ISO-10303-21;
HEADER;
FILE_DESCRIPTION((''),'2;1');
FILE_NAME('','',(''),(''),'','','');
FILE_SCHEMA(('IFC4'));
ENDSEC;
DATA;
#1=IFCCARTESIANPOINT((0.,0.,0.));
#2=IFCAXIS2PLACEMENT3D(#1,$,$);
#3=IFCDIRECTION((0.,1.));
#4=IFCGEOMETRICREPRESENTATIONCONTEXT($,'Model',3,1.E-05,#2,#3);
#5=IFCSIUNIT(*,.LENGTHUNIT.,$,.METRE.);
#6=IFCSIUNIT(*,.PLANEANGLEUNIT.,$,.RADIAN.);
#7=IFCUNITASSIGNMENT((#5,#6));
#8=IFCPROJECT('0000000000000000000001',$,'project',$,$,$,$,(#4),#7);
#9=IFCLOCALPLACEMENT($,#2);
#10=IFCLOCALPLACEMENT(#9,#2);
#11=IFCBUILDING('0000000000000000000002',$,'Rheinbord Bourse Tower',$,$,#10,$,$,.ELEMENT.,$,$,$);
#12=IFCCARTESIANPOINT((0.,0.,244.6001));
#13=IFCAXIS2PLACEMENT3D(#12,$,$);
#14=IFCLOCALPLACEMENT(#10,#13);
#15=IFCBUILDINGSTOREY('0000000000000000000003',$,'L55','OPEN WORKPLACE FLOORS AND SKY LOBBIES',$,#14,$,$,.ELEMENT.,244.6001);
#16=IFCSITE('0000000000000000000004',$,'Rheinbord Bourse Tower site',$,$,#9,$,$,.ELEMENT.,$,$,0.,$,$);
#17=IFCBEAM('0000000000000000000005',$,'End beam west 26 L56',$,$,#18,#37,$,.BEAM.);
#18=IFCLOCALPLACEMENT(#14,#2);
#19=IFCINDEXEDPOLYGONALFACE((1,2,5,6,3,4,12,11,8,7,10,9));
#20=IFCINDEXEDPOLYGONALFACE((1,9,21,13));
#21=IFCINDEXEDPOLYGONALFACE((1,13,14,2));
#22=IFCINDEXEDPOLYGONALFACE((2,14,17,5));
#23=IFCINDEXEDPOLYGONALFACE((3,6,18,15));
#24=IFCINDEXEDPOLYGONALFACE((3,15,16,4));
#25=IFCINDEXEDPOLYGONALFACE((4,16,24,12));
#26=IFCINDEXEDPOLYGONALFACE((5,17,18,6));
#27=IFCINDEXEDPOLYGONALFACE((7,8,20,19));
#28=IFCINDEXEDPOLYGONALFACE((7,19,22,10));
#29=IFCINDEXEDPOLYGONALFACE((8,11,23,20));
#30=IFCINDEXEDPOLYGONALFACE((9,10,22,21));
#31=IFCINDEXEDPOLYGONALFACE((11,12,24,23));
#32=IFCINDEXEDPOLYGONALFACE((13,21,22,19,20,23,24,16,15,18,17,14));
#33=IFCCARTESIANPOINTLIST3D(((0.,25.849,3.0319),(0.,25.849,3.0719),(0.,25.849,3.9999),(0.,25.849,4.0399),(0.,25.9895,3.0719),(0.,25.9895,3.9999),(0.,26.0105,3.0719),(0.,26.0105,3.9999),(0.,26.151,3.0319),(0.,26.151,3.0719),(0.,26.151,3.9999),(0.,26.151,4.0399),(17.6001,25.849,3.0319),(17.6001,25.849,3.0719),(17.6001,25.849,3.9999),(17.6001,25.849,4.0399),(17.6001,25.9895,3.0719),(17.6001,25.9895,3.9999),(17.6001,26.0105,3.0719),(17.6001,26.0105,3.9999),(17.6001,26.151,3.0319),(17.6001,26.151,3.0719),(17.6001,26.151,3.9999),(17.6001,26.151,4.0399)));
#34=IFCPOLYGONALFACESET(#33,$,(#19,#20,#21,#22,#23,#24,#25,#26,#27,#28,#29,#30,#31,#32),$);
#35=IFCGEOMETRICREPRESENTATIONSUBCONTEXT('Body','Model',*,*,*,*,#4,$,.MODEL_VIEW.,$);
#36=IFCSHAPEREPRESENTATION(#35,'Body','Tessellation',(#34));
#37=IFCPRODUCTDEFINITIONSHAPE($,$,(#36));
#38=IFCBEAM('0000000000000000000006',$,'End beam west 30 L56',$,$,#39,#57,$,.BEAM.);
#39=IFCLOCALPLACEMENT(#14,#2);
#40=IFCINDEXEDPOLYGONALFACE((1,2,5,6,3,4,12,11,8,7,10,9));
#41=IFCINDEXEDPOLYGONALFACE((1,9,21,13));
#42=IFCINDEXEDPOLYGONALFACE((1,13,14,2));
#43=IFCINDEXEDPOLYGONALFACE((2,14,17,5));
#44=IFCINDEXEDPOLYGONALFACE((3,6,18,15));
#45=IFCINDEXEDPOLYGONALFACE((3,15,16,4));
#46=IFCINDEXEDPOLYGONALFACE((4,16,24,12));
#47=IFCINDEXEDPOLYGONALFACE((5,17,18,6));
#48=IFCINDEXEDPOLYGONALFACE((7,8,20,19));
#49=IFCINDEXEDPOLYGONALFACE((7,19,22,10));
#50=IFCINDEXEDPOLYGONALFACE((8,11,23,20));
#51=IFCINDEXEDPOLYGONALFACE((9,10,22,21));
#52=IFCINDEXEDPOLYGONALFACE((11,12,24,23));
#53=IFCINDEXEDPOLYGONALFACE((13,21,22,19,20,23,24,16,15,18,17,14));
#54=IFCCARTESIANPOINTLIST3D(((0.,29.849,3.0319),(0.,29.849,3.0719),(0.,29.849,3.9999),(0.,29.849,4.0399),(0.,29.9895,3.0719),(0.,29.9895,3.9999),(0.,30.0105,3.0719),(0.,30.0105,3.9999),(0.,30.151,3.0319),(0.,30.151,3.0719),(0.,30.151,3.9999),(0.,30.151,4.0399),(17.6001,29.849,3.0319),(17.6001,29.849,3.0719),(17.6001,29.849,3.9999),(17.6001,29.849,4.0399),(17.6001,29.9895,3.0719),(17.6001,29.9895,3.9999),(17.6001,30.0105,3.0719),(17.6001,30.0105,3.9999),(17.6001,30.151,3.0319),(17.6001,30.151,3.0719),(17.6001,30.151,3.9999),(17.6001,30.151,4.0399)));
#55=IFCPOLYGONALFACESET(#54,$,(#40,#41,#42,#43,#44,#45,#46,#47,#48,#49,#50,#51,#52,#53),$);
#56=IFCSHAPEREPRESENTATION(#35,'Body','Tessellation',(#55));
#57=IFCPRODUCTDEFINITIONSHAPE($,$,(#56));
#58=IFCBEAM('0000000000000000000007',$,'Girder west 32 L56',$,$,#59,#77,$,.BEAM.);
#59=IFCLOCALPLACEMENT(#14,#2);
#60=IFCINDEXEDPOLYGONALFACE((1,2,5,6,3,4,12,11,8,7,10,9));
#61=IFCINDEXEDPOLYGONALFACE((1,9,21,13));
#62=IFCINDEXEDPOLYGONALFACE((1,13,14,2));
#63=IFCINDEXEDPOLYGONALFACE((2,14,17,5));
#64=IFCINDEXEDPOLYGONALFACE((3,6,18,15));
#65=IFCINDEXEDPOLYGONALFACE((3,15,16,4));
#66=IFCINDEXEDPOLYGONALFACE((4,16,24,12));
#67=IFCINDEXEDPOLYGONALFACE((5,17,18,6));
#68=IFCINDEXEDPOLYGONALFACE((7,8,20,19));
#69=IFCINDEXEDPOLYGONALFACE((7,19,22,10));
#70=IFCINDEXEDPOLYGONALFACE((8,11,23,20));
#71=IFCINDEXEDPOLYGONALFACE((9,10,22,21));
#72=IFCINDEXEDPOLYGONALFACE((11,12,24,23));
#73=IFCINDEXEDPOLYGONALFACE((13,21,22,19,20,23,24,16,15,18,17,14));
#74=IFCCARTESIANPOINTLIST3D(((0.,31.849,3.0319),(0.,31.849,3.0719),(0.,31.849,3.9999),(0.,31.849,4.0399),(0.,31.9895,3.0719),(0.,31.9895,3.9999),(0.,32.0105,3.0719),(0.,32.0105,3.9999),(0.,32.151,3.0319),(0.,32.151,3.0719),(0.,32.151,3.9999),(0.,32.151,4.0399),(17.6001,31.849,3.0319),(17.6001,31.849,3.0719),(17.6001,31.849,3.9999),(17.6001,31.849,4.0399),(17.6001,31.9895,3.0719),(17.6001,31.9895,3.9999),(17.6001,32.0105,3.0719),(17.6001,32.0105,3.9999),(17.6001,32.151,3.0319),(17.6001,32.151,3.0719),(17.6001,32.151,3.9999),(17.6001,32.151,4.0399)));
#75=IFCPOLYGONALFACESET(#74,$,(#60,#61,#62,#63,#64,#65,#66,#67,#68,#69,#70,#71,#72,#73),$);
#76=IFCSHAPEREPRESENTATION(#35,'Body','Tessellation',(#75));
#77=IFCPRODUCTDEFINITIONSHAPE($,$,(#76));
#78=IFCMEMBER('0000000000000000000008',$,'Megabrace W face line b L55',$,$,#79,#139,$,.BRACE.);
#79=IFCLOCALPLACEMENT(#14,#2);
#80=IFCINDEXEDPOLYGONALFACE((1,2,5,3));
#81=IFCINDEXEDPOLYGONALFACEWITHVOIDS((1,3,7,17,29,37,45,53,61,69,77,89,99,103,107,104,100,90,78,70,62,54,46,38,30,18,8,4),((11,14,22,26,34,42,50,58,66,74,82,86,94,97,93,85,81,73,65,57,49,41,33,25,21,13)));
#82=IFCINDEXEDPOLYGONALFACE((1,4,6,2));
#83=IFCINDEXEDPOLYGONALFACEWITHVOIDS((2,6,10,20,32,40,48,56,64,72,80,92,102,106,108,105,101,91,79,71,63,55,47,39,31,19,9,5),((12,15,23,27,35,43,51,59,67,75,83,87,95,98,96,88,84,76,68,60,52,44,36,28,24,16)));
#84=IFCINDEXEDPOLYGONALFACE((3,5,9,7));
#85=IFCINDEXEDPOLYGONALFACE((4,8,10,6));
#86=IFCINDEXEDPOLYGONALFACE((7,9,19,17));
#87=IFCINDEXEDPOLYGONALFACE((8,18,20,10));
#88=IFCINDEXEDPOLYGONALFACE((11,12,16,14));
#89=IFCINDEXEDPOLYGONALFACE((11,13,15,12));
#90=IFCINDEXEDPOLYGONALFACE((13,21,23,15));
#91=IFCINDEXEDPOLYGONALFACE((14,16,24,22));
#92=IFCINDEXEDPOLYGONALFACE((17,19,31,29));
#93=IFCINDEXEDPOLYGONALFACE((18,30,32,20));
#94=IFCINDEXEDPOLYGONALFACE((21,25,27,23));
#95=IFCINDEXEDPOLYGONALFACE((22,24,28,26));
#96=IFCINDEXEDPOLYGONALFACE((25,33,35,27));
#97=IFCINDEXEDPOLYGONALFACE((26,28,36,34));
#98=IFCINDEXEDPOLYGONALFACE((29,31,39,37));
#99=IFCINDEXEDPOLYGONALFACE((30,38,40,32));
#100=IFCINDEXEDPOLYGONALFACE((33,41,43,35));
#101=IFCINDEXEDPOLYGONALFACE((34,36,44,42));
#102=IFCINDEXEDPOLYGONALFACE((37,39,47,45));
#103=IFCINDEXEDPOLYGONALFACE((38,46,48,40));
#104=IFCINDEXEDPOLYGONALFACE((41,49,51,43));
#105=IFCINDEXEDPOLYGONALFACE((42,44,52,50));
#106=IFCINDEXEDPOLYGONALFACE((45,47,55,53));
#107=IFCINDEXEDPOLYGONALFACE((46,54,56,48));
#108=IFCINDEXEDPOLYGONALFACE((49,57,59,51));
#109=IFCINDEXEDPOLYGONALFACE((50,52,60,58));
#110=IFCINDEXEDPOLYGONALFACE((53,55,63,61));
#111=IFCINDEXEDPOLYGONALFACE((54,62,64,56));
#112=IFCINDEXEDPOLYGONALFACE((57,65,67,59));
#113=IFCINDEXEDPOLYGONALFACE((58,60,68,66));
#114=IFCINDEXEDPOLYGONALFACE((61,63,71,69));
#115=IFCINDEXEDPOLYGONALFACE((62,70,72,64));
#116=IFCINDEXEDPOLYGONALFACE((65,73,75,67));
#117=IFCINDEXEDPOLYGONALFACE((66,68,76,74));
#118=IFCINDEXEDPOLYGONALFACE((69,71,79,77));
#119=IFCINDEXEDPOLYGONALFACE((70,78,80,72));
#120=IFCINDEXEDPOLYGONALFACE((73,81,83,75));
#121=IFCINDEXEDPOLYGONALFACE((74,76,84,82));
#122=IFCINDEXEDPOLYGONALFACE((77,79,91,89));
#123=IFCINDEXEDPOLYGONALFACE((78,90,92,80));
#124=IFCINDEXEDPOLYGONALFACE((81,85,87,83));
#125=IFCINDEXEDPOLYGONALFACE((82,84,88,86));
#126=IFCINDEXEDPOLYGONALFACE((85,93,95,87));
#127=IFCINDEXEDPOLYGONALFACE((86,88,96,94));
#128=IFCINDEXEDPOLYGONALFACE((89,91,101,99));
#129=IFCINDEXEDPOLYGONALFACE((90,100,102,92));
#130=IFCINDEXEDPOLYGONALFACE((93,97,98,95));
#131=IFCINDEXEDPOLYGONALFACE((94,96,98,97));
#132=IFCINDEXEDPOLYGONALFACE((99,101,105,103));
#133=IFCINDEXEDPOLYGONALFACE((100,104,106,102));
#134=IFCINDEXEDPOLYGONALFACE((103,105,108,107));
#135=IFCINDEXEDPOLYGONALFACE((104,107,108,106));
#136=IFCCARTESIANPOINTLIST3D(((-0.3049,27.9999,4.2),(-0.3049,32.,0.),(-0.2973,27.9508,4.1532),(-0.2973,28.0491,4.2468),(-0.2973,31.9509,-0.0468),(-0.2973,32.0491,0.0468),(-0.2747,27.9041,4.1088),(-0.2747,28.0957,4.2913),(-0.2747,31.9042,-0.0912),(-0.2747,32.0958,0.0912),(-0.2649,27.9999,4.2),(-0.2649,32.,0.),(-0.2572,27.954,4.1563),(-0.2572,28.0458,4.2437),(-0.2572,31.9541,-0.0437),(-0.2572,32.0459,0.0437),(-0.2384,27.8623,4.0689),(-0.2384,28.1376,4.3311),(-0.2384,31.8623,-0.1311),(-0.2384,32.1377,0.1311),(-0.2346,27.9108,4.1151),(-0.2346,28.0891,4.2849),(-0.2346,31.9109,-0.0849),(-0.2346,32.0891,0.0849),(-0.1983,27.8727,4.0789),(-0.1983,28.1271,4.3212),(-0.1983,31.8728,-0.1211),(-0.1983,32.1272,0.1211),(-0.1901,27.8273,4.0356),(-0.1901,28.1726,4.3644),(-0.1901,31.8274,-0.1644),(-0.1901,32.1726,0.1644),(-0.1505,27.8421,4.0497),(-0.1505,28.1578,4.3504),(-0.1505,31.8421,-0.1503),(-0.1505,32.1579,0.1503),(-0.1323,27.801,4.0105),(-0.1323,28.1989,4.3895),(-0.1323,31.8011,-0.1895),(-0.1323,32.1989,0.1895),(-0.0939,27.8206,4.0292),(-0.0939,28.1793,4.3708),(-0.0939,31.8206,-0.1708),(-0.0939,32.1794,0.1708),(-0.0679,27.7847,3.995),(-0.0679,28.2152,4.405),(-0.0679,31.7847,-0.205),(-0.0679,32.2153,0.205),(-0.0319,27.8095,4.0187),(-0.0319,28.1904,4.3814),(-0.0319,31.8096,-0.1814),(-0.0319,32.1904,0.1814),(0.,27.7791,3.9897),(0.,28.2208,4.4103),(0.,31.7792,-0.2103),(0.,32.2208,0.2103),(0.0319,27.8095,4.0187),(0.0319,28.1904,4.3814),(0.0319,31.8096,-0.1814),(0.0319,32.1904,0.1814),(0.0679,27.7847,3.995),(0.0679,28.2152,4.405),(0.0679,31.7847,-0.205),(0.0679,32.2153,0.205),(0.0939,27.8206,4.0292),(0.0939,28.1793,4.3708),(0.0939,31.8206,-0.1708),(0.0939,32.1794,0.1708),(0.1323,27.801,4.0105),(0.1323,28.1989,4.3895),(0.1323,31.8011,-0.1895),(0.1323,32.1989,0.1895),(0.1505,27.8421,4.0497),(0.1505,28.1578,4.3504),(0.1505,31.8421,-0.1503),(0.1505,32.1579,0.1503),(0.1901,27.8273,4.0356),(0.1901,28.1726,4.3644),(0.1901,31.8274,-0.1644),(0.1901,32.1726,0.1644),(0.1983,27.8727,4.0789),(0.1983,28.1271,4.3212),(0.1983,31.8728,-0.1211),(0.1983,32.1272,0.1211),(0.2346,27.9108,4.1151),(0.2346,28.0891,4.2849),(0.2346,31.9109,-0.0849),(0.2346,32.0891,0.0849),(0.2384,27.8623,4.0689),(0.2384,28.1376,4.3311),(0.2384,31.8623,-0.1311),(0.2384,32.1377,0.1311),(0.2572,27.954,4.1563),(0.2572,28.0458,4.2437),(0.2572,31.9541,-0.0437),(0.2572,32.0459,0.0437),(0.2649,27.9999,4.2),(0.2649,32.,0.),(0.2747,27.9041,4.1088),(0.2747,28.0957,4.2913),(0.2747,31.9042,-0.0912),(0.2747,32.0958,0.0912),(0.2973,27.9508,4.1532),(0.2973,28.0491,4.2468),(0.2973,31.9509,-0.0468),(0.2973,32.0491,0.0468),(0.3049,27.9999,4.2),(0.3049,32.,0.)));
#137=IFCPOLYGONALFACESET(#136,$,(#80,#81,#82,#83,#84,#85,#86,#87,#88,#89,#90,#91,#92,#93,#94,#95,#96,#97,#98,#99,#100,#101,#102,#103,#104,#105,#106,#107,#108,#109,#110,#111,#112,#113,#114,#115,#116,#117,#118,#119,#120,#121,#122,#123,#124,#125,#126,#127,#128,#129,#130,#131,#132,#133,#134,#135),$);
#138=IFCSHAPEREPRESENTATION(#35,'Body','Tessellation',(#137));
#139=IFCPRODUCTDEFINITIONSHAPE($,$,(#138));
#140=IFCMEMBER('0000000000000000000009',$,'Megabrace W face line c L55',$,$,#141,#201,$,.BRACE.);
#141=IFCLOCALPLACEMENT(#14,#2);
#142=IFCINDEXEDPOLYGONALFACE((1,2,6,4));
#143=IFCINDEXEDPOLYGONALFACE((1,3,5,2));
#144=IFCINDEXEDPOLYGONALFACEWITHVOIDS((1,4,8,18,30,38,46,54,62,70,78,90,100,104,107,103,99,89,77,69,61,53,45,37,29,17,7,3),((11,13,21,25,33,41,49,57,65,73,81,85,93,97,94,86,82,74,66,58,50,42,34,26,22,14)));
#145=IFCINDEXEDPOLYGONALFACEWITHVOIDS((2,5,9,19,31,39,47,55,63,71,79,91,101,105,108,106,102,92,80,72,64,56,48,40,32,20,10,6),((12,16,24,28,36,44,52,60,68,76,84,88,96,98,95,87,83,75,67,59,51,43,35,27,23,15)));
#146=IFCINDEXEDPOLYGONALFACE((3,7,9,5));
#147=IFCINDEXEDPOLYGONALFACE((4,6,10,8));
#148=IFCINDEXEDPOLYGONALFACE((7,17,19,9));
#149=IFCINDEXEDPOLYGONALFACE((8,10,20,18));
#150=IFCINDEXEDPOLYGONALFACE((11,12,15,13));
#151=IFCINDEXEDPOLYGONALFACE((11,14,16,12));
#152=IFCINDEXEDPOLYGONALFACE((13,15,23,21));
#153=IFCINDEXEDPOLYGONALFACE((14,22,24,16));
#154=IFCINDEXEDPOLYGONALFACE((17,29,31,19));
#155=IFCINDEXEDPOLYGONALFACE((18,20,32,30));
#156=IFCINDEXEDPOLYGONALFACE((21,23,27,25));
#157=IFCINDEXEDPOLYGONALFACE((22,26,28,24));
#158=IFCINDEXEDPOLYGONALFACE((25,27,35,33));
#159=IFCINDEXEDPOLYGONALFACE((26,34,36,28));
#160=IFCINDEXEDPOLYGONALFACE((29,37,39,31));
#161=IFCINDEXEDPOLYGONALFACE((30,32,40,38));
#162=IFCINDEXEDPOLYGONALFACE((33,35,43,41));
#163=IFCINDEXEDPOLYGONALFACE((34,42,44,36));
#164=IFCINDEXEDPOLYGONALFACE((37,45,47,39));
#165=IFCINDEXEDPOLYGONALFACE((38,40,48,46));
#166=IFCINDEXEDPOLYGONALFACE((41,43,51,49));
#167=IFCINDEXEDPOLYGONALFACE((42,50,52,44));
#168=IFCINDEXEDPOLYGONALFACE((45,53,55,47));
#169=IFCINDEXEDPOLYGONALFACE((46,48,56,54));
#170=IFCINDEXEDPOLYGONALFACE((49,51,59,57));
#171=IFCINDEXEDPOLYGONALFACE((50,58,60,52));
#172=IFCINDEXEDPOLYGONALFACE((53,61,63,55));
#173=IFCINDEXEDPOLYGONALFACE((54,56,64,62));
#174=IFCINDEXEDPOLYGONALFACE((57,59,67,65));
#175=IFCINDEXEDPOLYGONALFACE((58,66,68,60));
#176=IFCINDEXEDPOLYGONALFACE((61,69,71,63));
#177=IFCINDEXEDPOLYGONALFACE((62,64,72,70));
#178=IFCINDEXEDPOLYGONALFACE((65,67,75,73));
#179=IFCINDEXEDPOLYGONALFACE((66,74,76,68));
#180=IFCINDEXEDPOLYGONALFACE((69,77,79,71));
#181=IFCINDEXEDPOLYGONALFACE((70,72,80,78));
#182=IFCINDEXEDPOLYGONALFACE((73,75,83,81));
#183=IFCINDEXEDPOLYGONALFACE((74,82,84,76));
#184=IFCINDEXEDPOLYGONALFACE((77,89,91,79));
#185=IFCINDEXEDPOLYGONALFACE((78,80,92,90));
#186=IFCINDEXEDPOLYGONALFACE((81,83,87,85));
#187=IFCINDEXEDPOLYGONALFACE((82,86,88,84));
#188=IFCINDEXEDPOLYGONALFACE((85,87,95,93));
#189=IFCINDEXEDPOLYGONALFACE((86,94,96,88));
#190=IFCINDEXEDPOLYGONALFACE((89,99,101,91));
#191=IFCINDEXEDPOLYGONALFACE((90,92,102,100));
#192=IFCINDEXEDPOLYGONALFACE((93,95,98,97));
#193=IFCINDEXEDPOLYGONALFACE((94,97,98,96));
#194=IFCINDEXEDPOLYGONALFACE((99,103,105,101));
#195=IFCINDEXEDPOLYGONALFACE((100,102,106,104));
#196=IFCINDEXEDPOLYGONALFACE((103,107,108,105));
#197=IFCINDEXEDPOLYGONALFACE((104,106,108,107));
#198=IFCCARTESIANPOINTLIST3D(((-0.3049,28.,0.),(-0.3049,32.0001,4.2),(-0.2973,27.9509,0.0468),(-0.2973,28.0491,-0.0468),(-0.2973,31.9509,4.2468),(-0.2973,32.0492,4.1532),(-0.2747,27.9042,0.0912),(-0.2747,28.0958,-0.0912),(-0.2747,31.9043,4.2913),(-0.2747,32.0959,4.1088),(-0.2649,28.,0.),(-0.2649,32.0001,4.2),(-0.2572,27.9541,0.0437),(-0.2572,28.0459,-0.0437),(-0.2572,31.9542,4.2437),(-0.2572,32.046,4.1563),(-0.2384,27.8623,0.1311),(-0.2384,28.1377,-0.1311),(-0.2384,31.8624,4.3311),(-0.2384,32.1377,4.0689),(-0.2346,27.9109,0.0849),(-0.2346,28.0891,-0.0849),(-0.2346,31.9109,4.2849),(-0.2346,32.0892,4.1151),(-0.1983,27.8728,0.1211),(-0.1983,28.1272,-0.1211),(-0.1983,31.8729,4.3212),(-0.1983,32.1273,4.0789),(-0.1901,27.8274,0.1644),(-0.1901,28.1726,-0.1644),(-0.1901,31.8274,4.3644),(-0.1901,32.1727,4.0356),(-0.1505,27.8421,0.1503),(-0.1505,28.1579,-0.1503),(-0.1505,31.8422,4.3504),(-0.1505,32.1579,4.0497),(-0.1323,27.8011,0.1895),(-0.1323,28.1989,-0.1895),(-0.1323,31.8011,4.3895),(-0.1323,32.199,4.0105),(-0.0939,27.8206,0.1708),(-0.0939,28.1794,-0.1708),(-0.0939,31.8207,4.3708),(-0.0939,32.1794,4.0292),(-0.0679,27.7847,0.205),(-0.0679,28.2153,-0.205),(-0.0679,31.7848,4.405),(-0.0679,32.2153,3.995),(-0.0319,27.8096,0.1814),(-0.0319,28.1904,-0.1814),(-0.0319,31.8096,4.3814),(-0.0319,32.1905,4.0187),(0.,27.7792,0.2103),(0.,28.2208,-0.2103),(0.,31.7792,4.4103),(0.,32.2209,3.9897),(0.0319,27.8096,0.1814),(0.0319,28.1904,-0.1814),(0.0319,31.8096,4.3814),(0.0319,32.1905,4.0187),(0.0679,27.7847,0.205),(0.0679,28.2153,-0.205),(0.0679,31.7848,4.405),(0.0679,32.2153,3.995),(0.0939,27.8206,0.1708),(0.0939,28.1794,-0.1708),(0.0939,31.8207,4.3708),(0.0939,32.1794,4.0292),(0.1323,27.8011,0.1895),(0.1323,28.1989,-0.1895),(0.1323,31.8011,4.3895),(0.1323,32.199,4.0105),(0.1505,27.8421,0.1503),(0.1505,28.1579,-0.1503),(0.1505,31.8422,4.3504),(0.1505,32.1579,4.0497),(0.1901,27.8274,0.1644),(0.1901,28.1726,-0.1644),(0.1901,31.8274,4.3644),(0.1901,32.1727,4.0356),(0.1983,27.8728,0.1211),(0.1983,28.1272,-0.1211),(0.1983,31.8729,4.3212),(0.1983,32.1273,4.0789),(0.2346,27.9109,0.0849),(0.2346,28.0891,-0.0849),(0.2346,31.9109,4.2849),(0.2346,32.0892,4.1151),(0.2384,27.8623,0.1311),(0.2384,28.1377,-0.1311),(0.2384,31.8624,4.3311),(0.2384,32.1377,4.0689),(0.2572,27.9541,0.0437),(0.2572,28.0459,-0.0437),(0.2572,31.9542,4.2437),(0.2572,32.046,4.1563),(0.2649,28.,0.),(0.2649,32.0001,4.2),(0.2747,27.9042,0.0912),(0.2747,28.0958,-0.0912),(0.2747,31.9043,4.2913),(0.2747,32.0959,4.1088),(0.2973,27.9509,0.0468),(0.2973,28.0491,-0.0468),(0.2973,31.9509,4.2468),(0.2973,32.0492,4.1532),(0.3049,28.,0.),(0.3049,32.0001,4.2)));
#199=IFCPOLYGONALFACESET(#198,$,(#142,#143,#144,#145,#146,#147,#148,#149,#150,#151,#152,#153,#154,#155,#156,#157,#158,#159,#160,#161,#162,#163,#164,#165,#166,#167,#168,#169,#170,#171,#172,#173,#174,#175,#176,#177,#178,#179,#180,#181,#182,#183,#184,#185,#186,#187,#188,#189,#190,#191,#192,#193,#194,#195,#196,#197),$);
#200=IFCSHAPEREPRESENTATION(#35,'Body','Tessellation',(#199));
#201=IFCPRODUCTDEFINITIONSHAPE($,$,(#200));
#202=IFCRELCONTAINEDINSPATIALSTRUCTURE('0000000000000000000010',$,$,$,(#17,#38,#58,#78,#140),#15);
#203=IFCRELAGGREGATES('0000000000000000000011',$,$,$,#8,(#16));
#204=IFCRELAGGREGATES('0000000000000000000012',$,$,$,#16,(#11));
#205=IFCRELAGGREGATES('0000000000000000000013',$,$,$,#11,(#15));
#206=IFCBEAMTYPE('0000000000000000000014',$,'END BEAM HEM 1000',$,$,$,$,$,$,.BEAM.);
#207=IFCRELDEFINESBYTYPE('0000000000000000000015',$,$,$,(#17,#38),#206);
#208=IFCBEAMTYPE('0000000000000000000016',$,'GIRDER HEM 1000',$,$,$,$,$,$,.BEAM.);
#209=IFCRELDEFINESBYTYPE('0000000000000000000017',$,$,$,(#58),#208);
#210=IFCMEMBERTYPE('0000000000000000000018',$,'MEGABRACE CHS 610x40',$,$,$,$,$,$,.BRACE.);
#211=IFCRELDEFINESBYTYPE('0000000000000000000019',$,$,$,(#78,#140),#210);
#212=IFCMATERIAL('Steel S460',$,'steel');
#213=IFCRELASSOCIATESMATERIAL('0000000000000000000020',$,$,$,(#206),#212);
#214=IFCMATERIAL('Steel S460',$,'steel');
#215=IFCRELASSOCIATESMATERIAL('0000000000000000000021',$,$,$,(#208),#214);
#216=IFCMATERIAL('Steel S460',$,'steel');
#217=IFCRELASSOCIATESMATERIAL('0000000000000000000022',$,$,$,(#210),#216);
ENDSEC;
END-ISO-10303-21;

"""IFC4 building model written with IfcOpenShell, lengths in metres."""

from ifc_helpers import new_model, si_unit, direction, frame, origin, origin_2d, place, context, subcontext, project, spatial, hollow_circle, i_section, extrude, material, material_profile, profile_set, type_object, element, save


model = new_model("IFC4")

# Units and contexts
model_context = context("Model", 3, precision=1e-05, world=origin(), true_north=direction((0.0, 1.0)))
body_context = subcontext(model_context, "Body", "Model", "MODEL_VIEW")
ifc_project = project(units=[si_unit("LENGTHUNIT", "METRE"), si_unit("PLANEANGLEUNIT", "RADIAN")], contexts=[model_context])

# Site, building, storey
site_placement = place(None, origin())
site = spatial("IfcSite", under=ifc_project, at=site_placement, Name="Rheinbord Bourse Tower site", CompositionType="ELEMENT", RefElevation=0.0)
building_placement = place(site_placement, origin())
building = spatial("IfcBuilding", under=site, at=building_placement, Name="Rheinbord Bourse Tower", CompositionType="ELEMENT")
storey_placement = place(building_placement, frame((0.0, 0.0, 244.6001)))
storey = spatial("IfcBuildingStorey", under=building, at=storey_placement, Name="L55", Description="OPEN WORKPLACE FLOORS AND SKY LOBBIES", CompositionType="ELEMENT", Elevation=244.6001)

# Beams
ifc_material_1 = material(Name="Steel S460", Category="steel")
ifc_material_profile_1 = material_profile(ifc_material_1, i_section(OverallWidth=0.302, OverallDepth=1.0081, WebThickness=0.021, FlangeThickness=0.04, at=origin_2d()), Name="HEM 1000")
ifc_profile_set_1 = profile_set([ifc_material_profile_1], Name="Steel S460")
beam_type_1 = type_object("IfcBeamType", Name="END BEAM HEM 1000", PredefinedType="BEAM", material=ifc_profile_set_1)
for number, where, z_axis, x_axis, name in (
    (1, (0.0, 26.0, 3.5359), (1.0, 0.0, 0.0), (0.0, 1.0, 0.0), "End beam west 26 L56"),
    (2, (0.0, 30.0, 3.5359), (1.0, 0.0, 0.0), (0.0, 1.0, 0.0), "End beam west 30 L56"),
):
    element("IfcBeam", number, at=place(storey_placement, frame(where, z_axis=z_axis, x_axis=x_axis)), inside=storey, type_object=beam_type_1, Name=name, PredefinedType="BEAM", context=body_context, shape_type="SweptSolid", body=[
        extrude(i_section(OverallWidth=0.302, OverallDepth=1.0081, WebThickness=0.021, FlangeThickness=0.04, at=origin_2d()), origin(), (0.0, 0.0, 1.0), 17.6001),
    ])
ifc_material_2 = material(Name="Steel S460", Category="steel")
ifc_material_profile_2 = material_profile(ifc_material_2, i_section(OverallWidth=0.302, OverallDepth=1.0081, WebThickness=0.021, FlangeThickness=0.04, at=origin_2d()), Name="HEM 1000")
ifc_profile_set_2 = profile_set([ifc_material_profile_2], Name="Steel S460")
beam_type_2 = type_object("IfcBeamType", Name="GIRDER HEM 1000", PredefinedType="BEAM", material=ifc_profile_set_2)
beam_placement = place(storey_placement, frame((0.0, 32.0, 3.5359), z_axis=(1.0, 0.0, 0.0), x_axis=(0.0, 1.0, 0.0)))
element("IfcBeam", 3, at=beam_placement, inside=storey, type_object=beam_type_2, Name="Girder west 32 L56", PredefinedType="BEAM", context=body_context, shape_type="SweptSolid", body=[
    extrude(i_section(OverallWidth=0.302, OverallDepth=1.0081, WebThickness=0.021, FlangeThickness=0.04, at=origin_2d()), origin(), (0.0, 0.0, 1.0), 17.6001),
])

# Members
ifc_material_3 = material(Name="Steel S460", Category="steel")
ifc_material_profile_3 = material_profile(ifc_material_3, hollow_circle(Radius=0.3049, WallThickness=0.04, at=origin_2d()), Name="CHS 610x40")
ifc_profile_set_3 = profile_set([ifc_material_profile_3], Name="Steel S460")
member_type_1 = type_object("IfcMemberType", Name="MEGABRACE CHS 610x40", PredefinedType="BRACE", material=ifc_profile_set_3)
for number, where, z_axis, x_axis, name in (
    (4, (0.0, 32.0, 0.0), (0.0, -0.689659, 0.724134), (1.0, 0.0, 0.0), "Megabrace W face line b L55"),
    (5, (0.0, 28.0, 0.0), (0.0, 0.689659, 0.724134), (-1.0, 0.0, 0.0), "Megabrace W face line c L55"),
):
    element("IfcMember", number, at=place(storey_placement, frame(where, z_axis=z_axis, x_axis=x_axis)), inside=storey, type_object=member_type_1, Name=name, PredefinedType="BRACE", context=body_context, shape_type="SweptSolid", body=[
        extrude(hollow_circle(Radius=0.3049, WallThickness=0.04, at=origin_2d()), origin(), (0.0, 0.0, 1.0), 5.8),
    ])

save(model, "model.ifc")
